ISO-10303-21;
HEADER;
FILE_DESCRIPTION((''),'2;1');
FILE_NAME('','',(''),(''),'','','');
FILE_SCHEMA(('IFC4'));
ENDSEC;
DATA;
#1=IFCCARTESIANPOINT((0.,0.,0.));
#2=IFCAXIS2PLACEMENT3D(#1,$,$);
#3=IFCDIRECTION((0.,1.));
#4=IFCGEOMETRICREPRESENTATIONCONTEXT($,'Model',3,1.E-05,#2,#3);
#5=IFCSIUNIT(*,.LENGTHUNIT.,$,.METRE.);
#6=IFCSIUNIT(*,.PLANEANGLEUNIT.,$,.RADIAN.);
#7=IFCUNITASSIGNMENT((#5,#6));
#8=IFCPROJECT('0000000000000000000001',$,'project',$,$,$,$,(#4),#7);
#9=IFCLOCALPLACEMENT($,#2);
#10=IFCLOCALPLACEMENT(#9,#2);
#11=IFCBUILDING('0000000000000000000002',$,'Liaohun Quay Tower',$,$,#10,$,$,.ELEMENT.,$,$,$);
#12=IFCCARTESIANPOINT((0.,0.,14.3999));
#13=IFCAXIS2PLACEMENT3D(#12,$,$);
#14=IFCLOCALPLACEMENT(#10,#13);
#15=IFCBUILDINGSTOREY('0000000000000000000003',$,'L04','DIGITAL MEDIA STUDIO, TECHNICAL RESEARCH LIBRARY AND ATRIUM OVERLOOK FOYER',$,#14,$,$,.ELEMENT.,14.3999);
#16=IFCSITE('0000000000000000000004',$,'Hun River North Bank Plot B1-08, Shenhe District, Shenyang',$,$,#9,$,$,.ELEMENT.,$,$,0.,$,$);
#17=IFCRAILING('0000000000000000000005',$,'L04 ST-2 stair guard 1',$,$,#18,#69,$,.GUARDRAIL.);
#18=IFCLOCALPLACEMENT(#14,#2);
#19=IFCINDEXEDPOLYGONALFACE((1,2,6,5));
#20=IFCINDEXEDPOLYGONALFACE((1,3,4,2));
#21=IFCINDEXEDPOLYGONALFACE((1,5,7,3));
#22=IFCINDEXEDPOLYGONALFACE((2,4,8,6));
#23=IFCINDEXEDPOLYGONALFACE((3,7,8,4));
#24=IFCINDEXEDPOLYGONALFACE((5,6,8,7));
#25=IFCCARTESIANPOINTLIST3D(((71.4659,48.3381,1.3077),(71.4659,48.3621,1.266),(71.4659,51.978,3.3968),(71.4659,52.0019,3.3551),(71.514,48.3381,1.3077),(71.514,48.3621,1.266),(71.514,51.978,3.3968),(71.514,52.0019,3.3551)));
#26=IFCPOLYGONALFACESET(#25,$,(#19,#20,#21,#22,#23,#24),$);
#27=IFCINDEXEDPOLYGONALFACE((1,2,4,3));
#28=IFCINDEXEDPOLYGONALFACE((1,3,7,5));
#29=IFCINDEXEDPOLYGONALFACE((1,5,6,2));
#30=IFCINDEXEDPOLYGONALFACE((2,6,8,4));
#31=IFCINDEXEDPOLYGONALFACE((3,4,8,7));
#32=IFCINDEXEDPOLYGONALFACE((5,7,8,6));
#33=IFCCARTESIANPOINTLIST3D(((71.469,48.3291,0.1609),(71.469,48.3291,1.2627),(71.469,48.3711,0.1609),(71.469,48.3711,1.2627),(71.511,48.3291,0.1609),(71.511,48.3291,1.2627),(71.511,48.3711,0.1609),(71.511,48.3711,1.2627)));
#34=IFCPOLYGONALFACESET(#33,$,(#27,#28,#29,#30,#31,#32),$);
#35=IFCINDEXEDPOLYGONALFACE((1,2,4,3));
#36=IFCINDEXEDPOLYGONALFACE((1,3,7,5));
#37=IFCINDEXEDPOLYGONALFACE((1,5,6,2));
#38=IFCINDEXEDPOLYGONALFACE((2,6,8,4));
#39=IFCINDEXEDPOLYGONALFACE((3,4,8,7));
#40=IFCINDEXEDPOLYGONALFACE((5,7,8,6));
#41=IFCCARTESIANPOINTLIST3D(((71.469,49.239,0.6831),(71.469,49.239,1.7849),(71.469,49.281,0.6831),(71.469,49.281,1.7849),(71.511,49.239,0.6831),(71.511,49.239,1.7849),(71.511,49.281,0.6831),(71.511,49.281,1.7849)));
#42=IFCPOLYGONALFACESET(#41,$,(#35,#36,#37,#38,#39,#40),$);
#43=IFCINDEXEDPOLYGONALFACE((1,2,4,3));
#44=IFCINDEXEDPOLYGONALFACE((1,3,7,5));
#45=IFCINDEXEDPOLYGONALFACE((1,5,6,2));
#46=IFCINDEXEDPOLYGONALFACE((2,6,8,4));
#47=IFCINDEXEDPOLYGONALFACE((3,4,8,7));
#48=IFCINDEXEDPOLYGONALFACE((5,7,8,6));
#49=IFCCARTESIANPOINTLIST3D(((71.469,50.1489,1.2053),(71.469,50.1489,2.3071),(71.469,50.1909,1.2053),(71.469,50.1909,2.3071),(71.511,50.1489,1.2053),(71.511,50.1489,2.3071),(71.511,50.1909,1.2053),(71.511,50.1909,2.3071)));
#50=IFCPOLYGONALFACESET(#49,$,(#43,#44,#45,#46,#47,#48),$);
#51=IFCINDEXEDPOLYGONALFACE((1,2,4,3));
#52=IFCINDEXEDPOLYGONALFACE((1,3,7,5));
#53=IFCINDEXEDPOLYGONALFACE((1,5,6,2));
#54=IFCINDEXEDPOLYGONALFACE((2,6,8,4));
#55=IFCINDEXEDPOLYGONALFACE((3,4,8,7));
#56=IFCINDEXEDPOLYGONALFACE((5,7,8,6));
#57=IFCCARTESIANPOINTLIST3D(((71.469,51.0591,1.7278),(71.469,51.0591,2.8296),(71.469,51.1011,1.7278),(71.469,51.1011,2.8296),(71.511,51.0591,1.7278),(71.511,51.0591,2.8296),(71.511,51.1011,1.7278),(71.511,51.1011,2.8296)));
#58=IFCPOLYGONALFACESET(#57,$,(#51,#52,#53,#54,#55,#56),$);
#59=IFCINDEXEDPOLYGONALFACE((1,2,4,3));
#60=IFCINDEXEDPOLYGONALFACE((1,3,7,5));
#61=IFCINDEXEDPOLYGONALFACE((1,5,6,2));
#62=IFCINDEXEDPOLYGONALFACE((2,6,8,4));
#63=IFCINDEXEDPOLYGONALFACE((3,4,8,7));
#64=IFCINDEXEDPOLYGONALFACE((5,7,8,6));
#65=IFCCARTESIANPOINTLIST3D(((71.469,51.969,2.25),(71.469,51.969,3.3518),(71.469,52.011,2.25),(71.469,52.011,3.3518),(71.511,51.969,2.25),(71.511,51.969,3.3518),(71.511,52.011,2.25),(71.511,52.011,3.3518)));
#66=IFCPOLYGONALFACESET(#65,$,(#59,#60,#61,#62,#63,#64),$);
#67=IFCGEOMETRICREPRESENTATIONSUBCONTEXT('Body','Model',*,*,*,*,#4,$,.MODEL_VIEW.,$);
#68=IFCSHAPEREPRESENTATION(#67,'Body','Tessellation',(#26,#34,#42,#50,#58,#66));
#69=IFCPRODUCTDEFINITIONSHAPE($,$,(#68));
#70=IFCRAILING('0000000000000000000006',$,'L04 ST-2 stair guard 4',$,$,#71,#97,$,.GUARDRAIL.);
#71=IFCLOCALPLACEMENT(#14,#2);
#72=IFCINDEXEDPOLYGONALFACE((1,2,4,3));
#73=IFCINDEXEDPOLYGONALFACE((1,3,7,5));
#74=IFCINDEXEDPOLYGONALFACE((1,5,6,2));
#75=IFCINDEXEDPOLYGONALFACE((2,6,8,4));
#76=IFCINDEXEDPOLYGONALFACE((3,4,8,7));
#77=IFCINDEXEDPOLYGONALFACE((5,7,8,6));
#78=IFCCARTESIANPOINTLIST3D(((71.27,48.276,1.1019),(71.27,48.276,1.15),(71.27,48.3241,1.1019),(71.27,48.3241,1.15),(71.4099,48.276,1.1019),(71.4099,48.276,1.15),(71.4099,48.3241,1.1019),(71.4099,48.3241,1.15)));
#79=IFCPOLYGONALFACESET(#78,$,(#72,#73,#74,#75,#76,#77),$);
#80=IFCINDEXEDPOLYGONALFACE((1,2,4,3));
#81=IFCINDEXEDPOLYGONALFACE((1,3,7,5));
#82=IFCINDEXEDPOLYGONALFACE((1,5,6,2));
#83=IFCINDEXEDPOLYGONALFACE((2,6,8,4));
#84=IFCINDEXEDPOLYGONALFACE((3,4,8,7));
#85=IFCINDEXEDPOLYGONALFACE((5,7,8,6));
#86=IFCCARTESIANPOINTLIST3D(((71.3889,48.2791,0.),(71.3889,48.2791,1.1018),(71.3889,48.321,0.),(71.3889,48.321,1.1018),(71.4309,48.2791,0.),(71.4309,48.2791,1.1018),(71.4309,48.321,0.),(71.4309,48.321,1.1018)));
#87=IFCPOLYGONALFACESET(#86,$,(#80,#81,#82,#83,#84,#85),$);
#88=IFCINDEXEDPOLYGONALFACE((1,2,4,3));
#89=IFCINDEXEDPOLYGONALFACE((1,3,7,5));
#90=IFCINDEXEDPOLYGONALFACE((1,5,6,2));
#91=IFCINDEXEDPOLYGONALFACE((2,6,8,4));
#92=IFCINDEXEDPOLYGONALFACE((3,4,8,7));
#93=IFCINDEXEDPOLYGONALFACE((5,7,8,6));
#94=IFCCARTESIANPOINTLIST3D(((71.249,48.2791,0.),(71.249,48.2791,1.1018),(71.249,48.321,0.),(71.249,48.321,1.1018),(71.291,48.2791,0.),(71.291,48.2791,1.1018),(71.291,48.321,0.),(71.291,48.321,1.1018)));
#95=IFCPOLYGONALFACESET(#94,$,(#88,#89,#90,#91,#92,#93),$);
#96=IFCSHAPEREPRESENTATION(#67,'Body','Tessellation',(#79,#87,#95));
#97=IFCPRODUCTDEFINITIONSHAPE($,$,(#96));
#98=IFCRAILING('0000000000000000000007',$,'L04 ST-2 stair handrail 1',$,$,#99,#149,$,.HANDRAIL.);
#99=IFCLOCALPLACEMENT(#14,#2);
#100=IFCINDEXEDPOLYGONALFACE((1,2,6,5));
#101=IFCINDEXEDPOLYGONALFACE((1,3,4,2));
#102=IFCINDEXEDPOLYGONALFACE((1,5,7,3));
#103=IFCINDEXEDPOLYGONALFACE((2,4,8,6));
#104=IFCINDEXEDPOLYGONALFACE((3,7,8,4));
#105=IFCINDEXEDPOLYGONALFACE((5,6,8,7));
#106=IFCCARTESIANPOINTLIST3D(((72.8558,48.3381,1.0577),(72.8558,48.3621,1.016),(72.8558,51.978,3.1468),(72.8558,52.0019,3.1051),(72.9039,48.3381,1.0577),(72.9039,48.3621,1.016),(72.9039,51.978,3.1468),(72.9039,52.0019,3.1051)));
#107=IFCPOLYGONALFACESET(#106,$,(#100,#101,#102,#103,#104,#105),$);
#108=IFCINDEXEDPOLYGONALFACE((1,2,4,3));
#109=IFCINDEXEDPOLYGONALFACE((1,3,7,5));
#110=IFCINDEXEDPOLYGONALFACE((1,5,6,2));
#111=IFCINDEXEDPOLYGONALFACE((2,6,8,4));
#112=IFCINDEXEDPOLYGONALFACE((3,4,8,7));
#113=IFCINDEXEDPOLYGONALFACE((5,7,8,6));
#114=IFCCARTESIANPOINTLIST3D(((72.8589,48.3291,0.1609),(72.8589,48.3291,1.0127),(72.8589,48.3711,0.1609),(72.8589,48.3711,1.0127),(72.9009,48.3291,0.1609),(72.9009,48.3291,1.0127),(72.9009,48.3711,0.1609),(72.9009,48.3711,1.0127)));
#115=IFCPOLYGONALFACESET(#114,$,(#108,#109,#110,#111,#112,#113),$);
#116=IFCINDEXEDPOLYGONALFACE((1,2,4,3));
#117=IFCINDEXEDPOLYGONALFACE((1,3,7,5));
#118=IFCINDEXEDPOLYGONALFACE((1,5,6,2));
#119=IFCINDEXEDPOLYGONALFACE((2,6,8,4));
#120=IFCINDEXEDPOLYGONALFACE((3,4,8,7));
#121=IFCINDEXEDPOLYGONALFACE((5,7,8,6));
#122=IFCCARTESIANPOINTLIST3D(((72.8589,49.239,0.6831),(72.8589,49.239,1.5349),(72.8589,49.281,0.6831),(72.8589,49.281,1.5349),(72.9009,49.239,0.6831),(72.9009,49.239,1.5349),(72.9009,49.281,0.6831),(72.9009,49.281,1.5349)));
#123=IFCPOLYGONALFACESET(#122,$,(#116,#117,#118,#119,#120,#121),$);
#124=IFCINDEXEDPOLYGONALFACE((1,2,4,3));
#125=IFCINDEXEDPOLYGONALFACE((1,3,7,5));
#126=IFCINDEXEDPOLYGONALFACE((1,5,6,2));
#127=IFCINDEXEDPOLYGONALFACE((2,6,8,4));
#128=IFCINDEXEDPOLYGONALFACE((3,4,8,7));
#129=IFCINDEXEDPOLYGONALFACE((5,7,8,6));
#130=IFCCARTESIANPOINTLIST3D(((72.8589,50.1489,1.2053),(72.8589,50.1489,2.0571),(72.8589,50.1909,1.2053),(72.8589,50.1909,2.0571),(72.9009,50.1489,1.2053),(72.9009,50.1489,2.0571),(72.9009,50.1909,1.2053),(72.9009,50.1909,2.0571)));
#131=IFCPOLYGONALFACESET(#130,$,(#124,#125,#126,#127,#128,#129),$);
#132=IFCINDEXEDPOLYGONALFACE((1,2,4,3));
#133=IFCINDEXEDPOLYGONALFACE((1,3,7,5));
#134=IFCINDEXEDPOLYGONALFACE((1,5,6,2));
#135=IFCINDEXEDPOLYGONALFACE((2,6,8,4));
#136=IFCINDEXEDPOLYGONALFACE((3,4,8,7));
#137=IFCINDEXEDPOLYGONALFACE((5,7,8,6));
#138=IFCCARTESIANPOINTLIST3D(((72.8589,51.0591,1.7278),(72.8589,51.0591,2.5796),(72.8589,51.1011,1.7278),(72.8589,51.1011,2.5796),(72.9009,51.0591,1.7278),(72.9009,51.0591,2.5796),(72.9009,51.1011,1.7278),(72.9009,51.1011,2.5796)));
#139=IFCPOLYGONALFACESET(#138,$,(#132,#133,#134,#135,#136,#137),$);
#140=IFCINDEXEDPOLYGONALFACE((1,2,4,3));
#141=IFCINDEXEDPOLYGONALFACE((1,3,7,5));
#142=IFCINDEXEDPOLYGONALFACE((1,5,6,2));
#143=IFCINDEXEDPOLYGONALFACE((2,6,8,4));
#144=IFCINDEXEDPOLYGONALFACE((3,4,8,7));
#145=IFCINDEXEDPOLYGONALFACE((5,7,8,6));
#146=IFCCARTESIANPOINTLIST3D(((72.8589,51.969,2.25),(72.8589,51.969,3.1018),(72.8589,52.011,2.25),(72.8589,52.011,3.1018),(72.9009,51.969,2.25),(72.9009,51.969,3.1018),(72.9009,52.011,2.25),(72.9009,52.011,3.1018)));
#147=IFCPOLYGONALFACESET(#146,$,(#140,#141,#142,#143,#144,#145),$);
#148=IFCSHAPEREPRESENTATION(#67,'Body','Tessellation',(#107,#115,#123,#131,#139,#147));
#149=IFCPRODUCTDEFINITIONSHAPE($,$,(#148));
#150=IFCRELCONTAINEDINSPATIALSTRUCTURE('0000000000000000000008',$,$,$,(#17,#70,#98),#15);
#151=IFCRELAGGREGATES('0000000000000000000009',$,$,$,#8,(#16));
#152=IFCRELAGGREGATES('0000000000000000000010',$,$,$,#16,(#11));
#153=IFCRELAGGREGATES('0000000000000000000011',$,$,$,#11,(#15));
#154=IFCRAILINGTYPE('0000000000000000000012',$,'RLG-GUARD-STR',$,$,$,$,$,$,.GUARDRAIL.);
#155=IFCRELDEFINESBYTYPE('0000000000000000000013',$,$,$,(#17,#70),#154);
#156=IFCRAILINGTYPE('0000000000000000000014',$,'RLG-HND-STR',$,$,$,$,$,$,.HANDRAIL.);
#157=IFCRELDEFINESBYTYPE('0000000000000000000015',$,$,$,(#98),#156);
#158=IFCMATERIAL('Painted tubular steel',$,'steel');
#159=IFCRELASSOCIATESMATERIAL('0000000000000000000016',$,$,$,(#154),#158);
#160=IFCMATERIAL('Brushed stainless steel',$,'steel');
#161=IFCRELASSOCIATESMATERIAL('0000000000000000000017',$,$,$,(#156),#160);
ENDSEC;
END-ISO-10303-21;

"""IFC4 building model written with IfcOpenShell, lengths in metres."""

from ifc_helpers import new_model, si_unit, direction, frame, origin, origin_2d, place, context, subcontext, project, spatial, rectangle, extrude, material, type_object, element, save


model = new_model("IFC4")

# Units and contexts
model_context = context("Model", 3, precision=1e-05, world=origin(), true_north=direction((0.0, 1.0)))
body_context = subcontext(model_context, "Body", "Model", "MODEL_VIEW")
ifc_project = project(units=[si_unit("LENGTHUNIT", "METRE"), si_unit("PLANEANGLEUNIT", "RADIAN")], contexts=[model_context])

# Site, building, storey
site_placement = place(None, origin())
site = spatial("IfcSite", under=ifc_project, at=site_placement, Name="Hun River North Bank Plot B1-08, Shenhe District, Shenyang", CompositionType="ELEMENT", RefElevation=0.0)
building_placement = place(site_placement, origin())
building = spatial("IfcBuilding", under=site, at=building_placement, Name="Liaohun Quay Tower", CompositionType="ELEMENT")
storey_placement = place(building_placement, frame((0.0, 0.0, 14.3999)))
storey = spatial("IfcBuildingStorey", under=building, at=storey_placement, Name="L04", Description="DIGITAL MEDIA STUDIO, TECHNICAL RESEARCH LIBRARY AND ATRIUM OVERLOOK FOYER", CompositionType="ELEMENT", Elevation=14.3999)

# Railings
ifc_material_1 = material(Name="Painted tubular steel", Category="steel")
railing_type_1 = type_object("IfcRailingType", Name="RLG-GUARD-STR", PredefinedType="GUARDRAIL", material=ifc_material_1)
railing_1_placement = place(storey_placement, frame((71.49, 48.3501, 0.1609)))
element("IfcRailing", 1, at=railing_1_placement, inside=storey, type_object=railing_type_1, Name="L04 ST-2 stair guard 1", PredefinedType="GUARDRAIL", context=body_context, shape_type="SweptSolid", body=[
    extrude(rectangle(XDim=0.0481, YDim=0.0481, at=origin_2d()), frame((0.0, 0.0, 1.126), z_axis=(0.0, 0.8673, 0.497786), x_axis=(-1.0, 0.0, 0.0)), (0.0, 0.0, 1.0), 4.1968),
    extrude(rectangle(XDim=0.042, YDim=0.042, at=origin_2d()), origin(), (0.0, 0.0, 1.0), 1.1018),
    extrude(rectangle(XDim=0.042, YDim=0.042, at=origin_2d()), frame((0.0, 0.9099, 0.5222)), (0.0, 0.0, 1.0), 1.1018),
    extrude(rectangle(XDim=0.042, YDim=0.042, at=origin_2d()), frame((0.0, 1.8198, 1.0444)), (0.0, 0.0, 1.0), 1.1018),
    extrude(rectangle(XDim=0.042, YDim=0.042, at=origin_2d()), frame((0.0, 2.73, 1.5669)), (0.0, 0.0, 1.0), 1.1018),
    extrude(rectangle(XDim=0.042, YDim=0.042, at=origin_2d()), frame((0.0, 3.6399, 2.0891)), (0.0, 0.0, 1.0), 1.1018),
])
railing_2_placement = place(storey_placement, frame((71.4099, 48.3, 0.0)))
element("IfcRailing", 2, at=railing_2_placement, inside=storey, type_object=railing_type_1, Name="L04 ST-2 stair guard 4", PredefinedType="GUARDRAIL", context=body_context, shape_type="SweptSolid", body=[
    extrude(rectangle(XDim=0.0481, YDim=0.0481, at=origin_2d()), frame((0.0, 0.0, 1.126), z_axis=(-1.0, 0.0, 0.0), x_axis=(0.0, -1.0, 0.0)), (0.0, 0.0, 1.0), 0.1399),
    extrude(rectangle(XDim=0.042, YDim=0.042, at=origin_2d()), origin(), (0.0, 0.0, 1.0), 1.1018),
    extrude(rectangle(XDim=0.042, YDim=0.042, at=origin_2d()), frame((-0.1399, 0.0, 0.0)), (0.0, 0.0, 1.0), 1.1018),
])
ifc_material_2 = material(Name="Brushed stainless steel", Category="steel")
railing_type_2 = type_object("IfcRailingType", Name="RLG-HND-STR", PredefinedType="HANDRAIL", material=ifc_material_2)
railing_3_placement = place(storey_placement, frame((72.8799, 48.3501, 0.1609)))
element("IfcRailing", 3, at=railing_3_placement, inside=storey, type_object=railing_type_2, Name="L04 ST-2 stair handrail 1", PredefinedType="HANDRAIL", context=body_context, shape_type="SweptSolid", body=[
    extrude(rectangle(XDim=0.0481, YDim=0.0481, at=origin_2d()), frame((0.0, 0.0, 0.876), z_axis=(0.0, 0.8673, 0.497786), x_axis=(-1.0, 0.0, 0.0)), (0.0, 0.0, 1.0), 4.1968),
    extrude(rectangle(XDim=0.042, YDim=0.042, at=origin_2d()), origin(), (0.0, 0.0, 1.0), 0.8518),
    extrude(rectangle(XDim=0.042, YDim=0.042, at=origin_2d()), frame((0.0, 0.9099, 0.5222)), (0.0, 0.0, 1.0), 0.8518),
    extrude(rectangle(XDim=0.042, YDim=0.042, at=origin_2d()), frame((0.0, 1.8198, 1.0444)), (0.0, 0.0, 1.0), 0.8518),
    extrude(rectangle(XDim=0.042, YDim=0.042, at=origin_2d()), frame((0.0, 2.73, 1.5669)), (0.0, 0.0, 1.0), 0.8518),
    extrude(rectangle(XDim=0.042, YDim=0.042, at=origin_2d()), frame((0.0, 3.6399, 2.0891)), (0.0, 0.0, 1.0), 0.8518),
])

save(model, "model.ifc")
